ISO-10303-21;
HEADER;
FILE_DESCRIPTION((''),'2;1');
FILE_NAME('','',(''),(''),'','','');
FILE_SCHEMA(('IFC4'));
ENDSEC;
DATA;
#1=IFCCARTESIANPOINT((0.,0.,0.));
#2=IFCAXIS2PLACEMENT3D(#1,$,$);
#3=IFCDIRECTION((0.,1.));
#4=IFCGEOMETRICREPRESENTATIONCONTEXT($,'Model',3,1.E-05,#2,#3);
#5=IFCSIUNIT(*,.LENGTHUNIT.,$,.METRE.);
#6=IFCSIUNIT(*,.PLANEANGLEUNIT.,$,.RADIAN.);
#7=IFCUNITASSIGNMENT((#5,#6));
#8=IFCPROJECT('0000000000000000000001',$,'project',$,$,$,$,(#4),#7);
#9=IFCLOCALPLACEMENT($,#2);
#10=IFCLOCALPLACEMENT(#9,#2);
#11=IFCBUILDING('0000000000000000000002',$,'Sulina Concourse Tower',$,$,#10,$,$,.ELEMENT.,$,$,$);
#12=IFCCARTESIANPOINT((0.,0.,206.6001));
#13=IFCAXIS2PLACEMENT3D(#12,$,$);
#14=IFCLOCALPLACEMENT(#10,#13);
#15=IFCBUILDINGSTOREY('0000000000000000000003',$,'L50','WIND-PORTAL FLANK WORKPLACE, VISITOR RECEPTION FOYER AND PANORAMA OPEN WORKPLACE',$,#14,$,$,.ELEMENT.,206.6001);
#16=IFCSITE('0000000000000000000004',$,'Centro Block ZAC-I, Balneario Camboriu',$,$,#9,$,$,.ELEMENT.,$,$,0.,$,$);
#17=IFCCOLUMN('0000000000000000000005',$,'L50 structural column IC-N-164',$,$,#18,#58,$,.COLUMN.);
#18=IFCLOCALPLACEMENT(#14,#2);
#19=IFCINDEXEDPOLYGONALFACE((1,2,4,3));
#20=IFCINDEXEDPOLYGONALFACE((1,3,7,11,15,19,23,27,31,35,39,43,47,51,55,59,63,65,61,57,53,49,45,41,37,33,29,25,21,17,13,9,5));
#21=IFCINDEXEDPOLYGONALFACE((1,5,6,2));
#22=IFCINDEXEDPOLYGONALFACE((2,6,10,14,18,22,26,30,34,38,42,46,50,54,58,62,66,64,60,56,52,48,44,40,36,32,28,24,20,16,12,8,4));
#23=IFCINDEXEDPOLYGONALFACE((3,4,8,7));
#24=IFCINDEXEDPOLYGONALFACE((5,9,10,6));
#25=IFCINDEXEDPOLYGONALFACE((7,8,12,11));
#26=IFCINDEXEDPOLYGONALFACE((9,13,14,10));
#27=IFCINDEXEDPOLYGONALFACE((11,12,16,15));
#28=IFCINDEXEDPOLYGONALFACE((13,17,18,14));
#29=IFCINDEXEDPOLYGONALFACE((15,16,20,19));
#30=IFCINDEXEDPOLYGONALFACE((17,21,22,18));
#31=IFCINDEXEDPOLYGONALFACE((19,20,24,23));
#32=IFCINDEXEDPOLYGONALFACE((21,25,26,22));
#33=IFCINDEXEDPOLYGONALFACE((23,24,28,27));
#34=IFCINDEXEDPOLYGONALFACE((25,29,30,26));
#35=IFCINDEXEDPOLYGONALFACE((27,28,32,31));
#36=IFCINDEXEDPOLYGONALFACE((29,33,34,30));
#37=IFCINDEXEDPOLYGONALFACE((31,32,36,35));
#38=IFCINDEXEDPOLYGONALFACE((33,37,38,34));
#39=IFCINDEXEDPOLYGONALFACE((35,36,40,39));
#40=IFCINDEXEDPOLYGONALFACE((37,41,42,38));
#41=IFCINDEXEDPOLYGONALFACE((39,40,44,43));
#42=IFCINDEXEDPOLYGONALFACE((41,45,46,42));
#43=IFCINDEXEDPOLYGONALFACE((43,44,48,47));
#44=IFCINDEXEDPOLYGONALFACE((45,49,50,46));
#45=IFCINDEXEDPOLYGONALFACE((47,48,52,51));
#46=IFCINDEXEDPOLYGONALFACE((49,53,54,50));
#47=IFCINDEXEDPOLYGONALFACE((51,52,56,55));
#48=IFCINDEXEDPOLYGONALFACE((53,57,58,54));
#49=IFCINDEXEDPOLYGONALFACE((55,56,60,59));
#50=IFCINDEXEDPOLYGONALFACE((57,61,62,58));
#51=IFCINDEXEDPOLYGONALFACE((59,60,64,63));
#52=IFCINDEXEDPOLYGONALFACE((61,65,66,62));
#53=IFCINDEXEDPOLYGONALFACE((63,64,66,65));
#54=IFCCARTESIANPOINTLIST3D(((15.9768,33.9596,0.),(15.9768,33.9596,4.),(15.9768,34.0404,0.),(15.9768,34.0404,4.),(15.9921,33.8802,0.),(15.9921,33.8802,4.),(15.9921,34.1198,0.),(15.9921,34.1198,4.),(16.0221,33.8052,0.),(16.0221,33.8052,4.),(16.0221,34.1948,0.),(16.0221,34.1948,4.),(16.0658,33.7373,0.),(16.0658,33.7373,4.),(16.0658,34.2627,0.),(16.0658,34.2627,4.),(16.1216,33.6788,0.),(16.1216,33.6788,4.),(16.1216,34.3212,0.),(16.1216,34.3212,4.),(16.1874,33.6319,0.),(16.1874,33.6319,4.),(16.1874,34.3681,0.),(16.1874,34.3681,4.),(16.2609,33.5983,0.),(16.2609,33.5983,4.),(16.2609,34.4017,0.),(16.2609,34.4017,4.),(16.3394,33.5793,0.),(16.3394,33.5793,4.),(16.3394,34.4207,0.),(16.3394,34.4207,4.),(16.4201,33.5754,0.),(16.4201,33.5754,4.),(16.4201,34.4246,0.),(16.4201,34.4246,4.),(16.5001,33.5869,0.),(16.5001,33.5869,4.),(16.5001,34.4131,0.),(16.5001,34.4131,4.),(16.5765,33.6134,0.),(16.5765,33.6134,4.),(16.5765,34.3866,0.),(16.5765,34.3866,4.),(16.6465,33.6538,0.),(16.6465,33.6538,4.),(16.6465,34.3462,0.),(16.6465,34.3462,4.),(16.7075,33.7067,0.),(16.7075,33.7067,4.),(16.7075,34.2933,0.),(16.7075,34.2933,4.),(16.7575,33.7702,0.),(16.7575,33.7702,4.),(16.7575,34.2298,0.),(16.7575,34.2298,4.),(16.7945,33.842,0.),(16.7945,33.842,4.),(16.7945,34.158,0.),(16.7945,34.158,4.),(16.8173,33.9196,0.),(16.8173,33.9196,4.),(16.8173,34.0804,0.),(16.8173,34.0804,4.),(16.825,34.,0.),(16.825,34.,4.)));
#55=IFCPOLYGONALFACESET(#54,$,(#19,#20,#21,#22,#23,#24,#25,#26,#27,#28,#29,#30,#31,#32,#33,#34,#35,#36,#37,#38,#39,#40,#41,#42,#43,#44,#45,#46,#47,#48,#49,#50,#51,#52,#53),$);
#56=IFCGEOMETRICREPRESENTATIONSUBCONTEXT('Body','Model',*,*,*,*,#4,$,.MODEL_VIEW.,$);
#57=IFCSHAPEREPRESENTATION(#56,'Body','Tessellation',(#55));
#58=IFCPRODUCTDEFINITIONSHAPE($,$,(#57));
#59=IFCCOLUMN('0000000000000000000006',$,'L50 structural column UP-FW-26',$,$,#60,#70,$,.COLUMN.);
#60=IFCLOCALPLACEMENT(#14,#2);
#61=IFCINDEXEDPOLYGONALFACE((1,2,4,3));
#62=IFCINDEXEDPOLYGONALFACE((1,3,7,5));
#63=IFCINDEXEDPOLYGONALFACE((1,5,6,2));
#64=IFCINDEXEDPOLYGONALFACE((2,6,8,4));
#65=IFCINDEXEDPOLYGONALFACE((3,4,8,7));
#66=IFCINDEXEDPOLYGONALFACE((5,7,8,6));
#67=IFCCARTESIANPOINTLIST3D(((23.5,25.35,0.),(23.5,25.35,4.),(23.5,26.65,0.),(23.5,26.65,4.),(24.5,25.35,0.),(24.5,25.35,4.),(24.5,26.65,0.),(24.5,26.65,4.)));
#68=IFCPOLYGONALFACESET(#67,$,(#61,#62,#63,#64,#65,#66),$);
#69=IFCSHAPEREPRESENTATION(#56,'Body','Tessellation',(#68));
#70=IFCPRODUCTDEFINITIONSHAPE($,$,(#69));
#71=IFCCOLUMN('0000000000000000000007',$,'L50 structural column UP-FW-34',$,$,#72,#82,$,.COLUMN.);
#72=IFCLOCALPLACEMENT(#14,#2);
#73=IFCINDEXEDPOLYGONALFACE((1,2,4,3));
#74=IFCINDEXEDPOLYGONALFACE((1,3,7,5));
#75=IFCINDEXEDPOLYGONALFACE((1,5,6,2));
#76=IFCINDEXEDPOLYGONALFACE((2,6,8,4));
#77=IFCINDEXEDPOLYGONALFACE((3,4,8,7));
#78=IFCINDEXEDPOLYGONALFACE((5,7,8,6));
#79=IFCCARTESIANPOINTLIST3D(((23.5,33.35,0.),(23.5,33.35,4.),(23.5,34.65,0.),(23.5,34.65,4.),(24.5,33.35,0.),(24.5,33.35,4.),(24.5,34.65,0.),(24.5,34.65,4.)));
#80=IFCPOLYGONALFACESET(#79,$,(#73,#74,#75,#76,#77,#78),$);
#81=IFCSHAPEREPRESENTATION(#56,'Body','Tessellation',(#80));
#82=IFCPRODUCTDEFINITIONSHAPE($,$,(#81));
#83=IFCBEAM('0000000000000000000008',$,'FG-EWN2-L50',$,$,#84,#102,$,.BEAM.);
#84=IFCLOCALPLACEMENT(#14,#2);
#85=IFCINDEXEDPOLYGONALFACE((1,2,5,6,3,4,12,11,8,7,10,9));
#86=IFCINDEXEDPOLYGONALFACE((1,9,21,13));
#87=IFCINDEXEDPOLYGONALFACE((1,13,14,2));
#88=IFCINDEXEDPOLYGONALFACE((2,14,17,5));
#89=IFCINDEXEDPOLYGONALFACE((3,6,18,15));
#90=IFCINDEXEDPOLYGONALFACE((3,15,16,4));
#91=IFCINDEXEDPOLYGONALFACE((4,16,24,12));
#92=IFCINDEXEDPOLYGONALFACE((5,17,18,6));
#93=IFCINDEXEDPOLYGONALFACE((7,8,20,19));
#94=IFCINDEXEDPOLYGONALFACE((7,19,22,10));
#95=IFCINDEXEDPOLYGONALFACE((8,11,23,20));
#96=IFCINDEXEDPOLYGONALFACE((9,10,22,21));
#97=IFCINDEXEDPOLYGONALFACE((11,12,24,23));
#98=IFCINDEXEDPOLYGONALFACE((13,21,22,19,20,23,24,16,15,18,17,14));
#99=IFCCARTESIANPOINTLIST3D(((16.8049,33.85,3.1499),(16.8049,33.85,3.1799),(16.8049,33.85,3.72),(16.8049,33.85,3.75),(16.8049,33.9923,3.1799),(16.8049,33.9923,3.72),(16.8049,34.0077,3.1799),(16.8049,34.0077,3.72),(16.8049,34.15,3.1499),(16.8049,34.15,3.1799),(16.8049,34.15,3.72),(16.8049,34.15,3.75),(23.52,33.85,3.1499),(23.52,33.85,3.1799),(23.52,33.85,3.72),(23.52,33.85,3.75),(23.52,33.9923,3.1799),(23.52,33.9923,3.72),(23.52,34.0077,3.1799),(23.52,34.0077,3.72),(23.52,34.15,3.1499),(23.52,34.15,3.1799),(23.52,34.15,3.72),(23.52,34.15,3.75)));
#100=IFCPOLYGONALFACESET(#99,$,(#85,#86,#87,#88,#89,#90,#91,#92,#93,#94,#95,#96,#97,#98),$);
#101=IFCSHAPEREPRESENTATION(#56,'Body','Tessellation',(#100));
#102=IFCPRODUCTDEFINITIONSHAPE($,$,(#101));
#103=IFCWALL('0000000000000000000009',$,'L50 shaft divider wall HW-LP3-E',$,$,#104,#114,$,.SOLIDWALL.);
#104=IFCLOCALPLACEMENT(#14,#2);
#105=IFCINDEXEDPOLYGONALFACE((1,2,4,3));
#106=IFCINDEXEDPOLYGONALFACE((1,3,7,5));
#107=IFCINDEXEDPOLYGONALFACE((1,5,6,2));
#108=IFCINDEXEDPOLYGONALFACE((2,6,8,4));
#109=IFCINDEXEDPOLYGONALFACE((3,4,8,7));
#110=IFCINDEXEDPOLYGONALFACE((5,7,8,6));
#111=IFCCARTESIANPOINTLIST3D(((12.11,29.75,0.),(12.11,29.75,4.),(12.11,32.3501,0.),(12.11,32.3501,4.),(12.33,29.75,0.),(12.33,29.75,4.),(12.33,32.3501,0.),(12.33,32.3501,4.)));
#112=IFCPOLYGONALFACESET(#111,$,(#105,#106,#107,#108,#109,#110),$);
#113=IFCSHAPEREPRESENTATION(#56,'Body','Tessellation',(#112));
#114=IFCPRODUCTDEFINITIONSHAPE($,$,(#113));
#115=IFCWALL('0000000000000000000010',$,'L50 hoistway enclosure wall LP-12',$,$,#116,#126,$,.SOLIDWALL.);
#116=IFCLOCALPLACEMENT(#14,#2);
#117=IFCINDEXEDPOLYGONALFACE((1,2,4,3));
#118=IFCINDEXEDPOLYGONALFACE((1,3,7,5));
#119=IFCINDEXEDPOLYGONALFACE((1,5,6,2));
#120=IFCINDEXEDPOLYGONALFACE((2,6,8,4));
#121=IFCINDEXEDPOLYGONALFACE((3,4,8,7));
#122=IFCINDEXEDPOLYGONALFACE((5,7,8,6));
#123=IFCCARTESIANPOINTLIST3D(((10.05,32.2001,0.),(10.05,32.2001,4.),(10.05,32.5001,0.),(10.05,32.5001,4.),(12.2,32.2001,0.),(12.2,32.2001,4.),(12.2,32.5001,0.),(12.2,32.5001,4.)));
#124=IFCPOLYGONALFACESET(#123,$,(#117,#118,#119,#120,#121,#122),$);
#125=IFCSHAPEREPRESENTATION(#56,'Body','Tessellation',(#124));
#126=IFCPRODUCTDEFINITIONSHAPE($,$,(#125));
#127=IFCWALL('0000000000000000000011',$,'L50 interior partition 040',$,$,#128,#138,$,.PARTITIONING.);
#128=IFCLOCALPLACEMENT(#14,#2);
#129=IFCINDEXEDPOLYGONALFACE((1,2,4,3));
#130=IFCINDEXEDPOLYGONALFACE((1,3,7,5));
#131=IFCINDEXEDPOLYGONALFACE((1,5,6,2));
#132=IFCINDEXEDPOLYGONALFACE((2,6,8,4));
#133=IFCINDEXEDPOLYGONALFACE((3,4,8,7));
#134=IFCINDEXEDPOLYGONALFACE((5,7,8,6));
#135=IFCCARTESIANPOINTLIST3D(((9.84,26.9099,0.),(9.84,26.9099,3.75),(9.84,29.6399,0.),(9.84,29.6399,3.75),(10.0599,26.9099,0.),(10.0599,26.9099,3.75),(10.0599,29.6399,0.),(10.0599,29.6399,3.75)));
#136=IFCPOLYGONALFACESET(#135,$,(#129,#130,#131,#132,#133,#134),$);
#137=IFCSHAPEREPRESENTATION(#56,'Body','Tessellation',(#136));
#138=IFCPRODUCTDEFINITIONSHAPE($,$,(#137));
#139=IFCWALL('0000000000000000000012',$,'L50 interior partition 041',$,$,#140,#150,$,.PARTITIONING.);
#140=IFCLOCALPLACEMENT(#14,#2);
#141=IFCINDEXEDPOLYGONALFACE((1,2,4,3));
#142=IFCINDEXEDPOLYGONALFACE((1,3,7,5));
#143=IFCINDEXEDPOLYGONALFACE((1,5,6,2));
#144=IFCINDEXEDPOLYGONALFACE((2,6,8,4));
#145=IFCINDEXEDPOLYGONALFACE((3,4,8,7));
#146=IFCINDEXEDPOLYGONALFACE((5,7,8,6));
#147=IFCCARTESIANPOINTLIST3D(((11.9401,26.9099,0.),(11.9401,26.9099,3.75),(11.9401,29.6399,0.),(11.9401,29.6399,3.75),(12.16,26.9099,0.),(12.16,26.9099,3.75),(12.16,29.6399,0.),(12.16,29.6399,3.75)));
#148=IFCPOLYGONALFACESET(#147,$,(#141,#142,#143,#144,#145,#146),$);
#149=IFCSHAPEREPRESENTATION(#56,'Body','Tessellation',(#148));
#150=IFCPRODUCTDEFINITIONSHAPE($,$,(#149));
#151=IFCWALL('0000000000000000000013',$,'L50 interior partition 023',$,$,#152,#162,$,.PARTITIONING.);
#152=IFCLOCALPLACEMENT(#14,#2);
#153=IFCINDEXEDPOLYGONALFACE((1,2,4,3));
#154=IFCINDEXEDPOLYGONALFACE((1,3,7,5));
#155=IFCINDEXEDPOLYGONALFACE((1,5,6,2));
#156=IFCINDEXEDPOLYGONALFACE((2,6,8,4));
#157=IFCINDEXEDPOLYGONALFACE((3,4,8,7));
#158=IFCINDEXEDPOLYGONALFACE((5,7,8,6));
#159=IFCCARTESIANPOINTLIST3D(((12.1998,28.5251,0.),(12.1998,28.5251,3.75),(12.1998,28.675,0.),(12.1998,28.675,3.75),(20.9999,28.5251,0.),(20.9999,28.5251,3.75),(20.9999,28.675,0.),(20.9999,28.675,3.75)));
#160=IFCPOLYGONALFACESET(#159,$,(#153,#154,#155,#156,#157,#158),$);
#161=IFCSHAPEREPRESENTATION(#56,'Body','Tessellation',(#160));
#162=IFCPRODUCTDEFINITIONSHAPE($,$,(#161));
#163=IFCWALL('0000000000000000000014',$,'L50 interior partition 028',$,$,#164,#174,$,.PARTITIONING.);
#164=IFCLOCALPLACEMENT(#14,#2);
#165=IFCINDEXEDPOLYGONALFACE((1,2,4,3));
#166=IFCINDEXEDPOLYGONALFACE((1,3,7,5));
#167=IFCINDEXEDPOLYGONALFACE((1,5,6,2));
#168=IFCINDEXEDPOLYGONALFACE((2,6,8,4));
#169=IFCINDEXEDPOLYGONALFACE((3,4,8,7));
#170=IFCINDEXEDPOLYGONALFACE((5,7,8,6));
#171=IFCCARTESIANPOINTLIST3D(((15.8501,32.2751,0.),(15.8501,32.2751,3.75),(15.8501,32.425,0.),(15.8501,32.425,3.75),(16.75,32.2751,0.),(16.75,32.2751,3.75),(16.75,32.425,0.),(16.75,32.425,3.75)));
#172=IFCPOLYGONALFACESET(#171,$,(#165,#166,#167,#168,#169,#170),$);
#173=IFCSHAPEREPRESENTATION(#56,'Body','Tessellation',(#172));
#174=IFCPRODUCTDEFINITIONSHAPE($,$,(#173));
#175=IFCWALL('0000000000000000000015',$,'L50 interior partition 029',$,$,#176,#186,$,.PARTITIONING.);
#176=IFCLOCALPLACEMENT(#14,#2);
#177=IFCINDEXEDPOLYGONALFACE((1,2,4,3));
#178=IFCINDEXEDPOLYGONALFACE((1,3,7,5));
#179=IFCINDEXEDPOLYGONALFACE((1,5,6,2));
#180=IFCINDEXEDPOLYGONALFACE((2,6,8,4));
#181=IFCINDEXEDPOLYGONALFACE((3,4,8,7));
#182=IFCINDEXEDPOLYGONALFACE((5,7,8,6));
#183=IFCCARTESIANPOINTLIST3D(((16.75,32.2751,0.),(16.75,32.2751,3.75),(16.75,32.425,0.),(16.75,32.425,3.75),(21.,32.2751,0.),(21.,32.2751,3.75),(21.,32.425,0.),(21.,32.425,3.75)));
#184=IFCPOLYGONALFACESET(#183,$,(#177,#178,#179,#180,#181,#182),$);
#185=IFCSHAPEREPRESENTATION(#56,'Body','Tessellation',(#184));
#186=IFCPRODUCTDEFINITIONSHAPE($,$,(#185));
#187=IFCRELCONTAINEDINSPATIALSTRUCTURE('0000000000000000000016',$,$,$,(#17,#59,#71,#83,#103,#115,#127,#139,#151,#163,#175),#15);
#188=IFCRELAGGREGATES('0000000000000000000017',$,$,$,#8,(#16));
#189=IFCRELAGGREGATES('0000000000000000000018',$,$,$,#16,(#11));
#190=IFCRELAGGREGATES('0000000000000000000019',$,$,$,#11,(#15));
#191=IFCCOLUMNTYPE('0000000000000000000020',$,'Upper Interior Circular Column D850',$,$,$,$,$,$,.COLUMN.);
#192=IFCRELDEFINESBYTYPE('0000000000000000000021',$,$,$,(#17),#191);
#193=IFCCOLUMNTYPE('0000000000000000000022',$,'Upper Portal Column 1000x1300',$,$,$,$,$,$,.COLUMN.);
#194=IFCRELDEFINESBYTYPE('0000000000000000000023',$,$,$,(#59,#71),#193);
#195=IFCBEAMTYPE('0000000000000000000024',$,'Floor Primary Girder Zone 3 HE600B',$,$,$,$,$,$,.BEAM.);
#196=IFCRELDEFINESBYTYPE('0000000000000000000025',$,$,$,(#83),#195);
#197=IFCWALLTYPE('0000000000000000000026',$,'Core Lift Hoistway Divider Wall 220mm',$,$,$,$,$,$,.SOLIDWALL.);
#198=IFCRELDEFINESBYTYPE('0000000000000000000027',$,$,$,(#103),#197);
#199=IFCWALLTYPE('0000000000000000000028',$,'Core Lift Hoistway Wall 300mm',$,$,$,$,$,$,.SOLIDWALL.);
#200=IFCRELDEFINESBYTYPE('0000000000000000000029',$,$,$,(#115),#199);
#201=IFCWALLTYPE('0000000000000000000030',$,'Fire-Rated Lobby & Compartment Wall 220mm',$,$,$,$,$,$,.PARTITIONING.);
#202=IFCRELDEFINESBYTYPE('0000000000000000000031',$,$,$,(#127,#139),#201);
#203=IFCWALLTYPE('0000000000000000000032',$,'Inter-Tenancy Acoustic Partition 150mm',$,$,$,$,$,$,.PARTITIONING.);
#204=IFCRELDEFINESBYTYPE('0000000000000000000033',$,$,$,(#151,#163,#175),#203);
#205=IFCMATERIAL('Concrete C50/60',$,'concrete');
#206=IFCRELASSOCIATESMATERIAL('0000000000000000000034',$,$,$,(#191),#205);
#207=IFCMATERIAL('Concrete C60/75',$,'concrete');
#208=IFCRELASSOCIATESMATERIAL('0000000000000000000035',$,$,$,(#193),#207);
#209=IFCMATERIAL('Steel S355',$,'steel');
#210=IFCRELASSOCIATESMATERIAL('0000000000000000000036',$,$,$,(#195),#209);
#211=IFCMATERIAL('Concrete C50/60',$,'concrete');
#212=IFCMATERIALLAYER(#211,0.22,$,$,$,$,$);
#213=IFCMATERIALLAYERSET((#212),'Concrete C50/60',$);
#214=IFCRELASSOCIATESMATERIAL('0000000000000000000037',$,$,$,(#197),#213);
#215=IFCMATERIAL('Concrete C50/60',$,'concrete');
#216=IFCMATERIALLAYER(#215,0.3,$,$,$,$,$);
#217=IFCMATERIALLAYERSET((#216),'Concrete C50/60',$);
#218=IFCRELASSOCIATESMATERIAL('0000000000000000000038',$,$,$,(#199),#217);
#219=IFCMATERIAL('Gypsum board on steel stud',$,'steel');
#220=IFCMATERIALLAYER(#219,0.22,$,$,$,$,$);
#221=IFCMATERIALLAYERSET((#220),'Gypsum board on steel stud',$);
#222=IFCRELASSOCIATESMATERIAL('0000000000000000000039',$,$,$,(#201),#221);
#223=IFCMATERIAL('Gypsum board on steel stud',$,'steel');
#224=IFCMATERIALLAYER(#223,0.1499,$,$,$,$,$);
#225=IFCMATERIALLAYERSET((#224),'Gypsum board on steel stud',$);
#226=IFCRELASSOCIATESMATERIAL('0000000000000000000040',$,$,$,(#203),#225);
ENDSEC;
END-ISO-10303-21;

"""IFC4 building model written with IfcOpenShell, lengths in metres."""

from ifc_helpers import new_model, si_unit, direction, frame, frame_2d, origin, origin_2d, place, context, subcontext, project, spatial, rectangle, circle, i_section, extrude, material, layer, layer_set, material_profile, profile_set, type_object, element, save


model = new_model("IFC4")

# Units and contexts
model_context = context("Model", 3, precision=1e-05, world=origin(), true_north=direction((0.0, 1.0)))
body_context = subcontext(model_context, "Body", "Model", "MODEL_VIEW")
ifc_project = project(units=[si_unit("LENGTHUNIT", "METRE"), si_unit("PLANEANGLEUNIT", "RADIAN")], contexts=[model_context])

# Site, building, storey
site_placement = place(None, origin())
site = spatial("IfcSite", under=ifc_project, at=site_placement, Name="Centro Block ZAC-I, Balneario Camboriu", CompositionType="ELEMENT", RefElevation=0.0)
building_placement = place(site_placement, origin())
building = spatial("IfcBuilding", under=site, at=building_placement, Name="Sulina Concourse Tower", CompositionType="ELEMENT")
storey_placement = place(building_placement, frame((0.0, 0.0, 206.6001)))
storey = spatial("IfcBuildingStorey", under=building, at=storey_placement, Name="L50", Description="WIND-PORTAL FLANK WORKPLACE, VISITOR RECEPTION FOYER AND PANORAMA OPEN WORKPLACE", CompositionType="ELEMENT", Elevation=206.6001)

# Columns
ifc_material_1 = material(Name="Concrete C50/60", Category="concrete")
ifc_material_profile_1 = material_profile(ifc_material_1, circle(Radius=0.425, at=origin_2d()), Name="RC D850")
ifc_profile_set_1 = profile_set([ifc_material_profile_1], Name="Concrete C50/60")
column_type_1 = type_object("IfcColumnType", Name="Upper Interior Circular Column D850", PredefinedType="COLUMN", material=ifc_profile_set_1)
column_placement = place(storey_placement, frame((16.3999, 34.0, 0.0), z_axis=(0.0, 0.0, 1.0), x_axis=(1.0, 0.0, 0.0)))
element("IfcColumn", 1, at=column_placement, inside=storey, type_object=column_type_1, Name="L50 structural column IC-N-164", PredefinedType="COLUMN", context=body_context, shape_type="SweptSolid", body=[
    extrude(circle(Radius=0.425, at=origin_2d()), origin(), (0.0, 0.0, 1.0), 4.0),
])
ifc_material_2 = material(Name="Concrete C60/75", Category="concrete")
ifc_material_profile_2 = material_profile(ifc_material_2, rectangle(XDim=1.0, YDim=1.3, at=origin_2d()), Name="RC 1000x1300")
ifc_profile_set_2 = profile_set([ifc_material_profile_2], Name="Concrete C60/75")
column_type_2 = type_object("IfcColumnType", Name="Upper Portal Column 1000x1300", PredefinedType="COLUMN", material=ifc_profile_set_2)
for number, where, z_axis, x_axis, name in (
    (2, (24.0, 26.0, 0.0), (0.0, 0.0, 1.0), (1.0, 0.0, 0.0), "L50 structural column UP-FW-26"),
    (3, (24.0, 34.0, 0.0), (0.0, 0.0, 1.0), (1.0, 0.0, 0.0), "L50 structural column UP-FW-34"),
):
    element("IfcColumn", number, at=place(storey_placement, frame(where, z_axis=z_axis, x_axis=x_axis)), inside=storey, type_object=column_type_2, Name=name, PredefinedType="COLUMN", context=body_context, shape_type="SweptSolid", body=[
        extrude(rectangle(XDim=1.0, YDim=1.3, at=origin_2d()), origin(), (0.0, 0.0, 1.0), 4.0),
    ])

# Beam
ifc_material_3 = material(Name="Steel S355", Category="steel")
ifc_material_profile_3 = material_profile(ifc_material_3, i_section(OverallWidth=0.3, OverallDepth=0.6001, WebThickness=0.0154, FlangeThickness=0.03, at=origin_2d()), Name="HE 600 B")
ifc_profile_set_3 = profile_set([ifc_material_profile_3], Name="Steel S355")
beam_type = type_object("IfcBeamType", Name="Floor Primary Girder Zone 3 HE600B", PredefinedType="BEAM", material=ifc_profile_set_3)
beam_placement = place(storey_placement, frame((16.8049, 34.0, 3.45), z_axis=(1.0, 0.0, 0.0), x_axis=(0.0, 1.0, 0.0)))
element("IfcBeam", 4, at=beam_placement, inside=storey, type_object=beam_type, Name="FG-EWN2-L50", PredefinedType="BEAM", context=body_context, shape_type="SweptSolid", body=[
    extrude(i_section(OverallWidth=0.3, OverallDepth=0.6001, WebThickness=0.0154, FlangeThickness=0.03, at=origin_2d()), origin(), (0.0, 0.0, 1.0), 6.7151),
])

# Walls
ifc_material_4 = material(Name="Concrete C50/60", Category="concrete")
ifc_layer_1 = layer(ifc_material_4, 0.22)
ifc_layer_set_1 = layer_set([ifc_layer_1], Name="Concrete C50/60")
wall_type_1 = type_object("IfcWallType", Name="Core Lift Hoistway Divider Wall 220mm", PredefinedType="SOLIDWALL", material=ifc_layer_set_1)
wall_1_placement = place(storey_placement, frame((12.22, 29.75, 0.0), z_axis=(0.0, 0.0, 1.0), x_axis=(0.0, 1.0, 0.0)))
element("IfcWall", 5, at=wall_1_placement, inside=storey, type_object=wall_type_1, Name="L50 shaft divider wall HW-LP3-E", PredefinedType="SOLIDWALL", context=body_context, shape_type="SweptSolid", body=[
    extrude(rectangle(XDim=2.6001, YDim=0.22, at=frame_2d((1.3, 0.0))), origin(), (0.0, 0.0, 1.0), 4.0),
])
ifc_material_5 = material(Name="Concrete C50/60", Category="concrete")
ifc_layer_2 = layer(ifc_material_5, 0.3)
ifc_layer_set_2 = layer_set([ifc_layer_2], Name="Concrete C50/60")
wall_type_2 = type_object("IfcWallType", Name="Core Lift Hoistway Wall 300mm", PredefinedType="SOLIDWALL", material=ifc_layer_set_2)
wall_2_placement = place(storey_placement, frame((10.05, 32.3501, 0.0), z_axis=(0.0, 0.0, 1.0), x_axis=(1.0, 0.0, 0.0)))
element("IfcWall", 6, at=wall_2_placement, inside=storey, type_object=wall_type_2, Name="L50 hoistway enclosure wall LP-12", PredefinedType="SOLIDWALL", context=body_context, shape_type="SweptSolid", body=[
    extrude(rectangle(XDim=2.1499, YDim=0.3, at=frame_2d((1.075, 0.0))), origin(), (0.0, 0.0, 1.0), 4.0),
])
ifc_material_6 = material(Name="Gypsum board on steel stud", Category="steel")
ifc_layer_3 = layer(ifc_material_6, 0.22)
ifc_layer_set_3 = layer_set([ifc_layer_3], Name="Gypsum board on steel stud")
wall_type_3 = type_object("IfcWallType", Name="Fire-Rated Lobby & Compartment Wall 220mm", PredefinedType="PARTITIONING", material=ifc_layer_set_3)
for number, where, z_axis, x_axis, name in (
    (7, (9.95, 26.9099, 0.0), (0.0, 0.0, 1.0), (0.0, 1.0, 0.0), "L50 interior partition 040"),
    (8, (12.05, 26.9099, 0.0), (0.0, 0.0, 1.0), (0.0, 1.0, 0.0), "L50 interior partition 041"),
):
    element("IfcWall", number, at=place(storey_placement, frame(where, z_axis=z_axis, x_axis=x_axis)), inside=storey, type_object=wall_type_3, Name=name, PredefinedType="PARTITIONING", context=body_context, shape_type="SweptSolid", body=[
        extrude(rectangle(XDim=2.73, YDim=0.22, at=frame_2d((1.365, 0.0))), origin(), (0.0, 0.0, 1.0), 3.75),
    ])
ifc_material_7 = material(Name="Gypsum board on steel stud", Category="steel")
ifc_layer_4 = layer(ifc_material_7, 0.1499)
ifc_layer_set_4 = layer_set([ifc_layer_4], Name="Gypsum board on steel stud")
wall_type_4 = type_object("IfcWallType", Name="Inter-Tenancy Acoustic Partition 150mm", PredefinedType="PARTITIONING", material=ifc_layer_set_4)
wall_3_placement = place(storey_placement, frame((12.2, 28.6001, 0.0), z_axis=(0.0, 0.0, 1.0), x_axis=(1.0, 0.0, 0.0)))
element("IfcWall", 9, at=wall_3_placement, inside=storey, type_object=wall_type_4, Name="L50 interior partition 023", PredefinedType="PARTITIONING", context=body_context, shape_type="SweptSolid", body=[
    extrude(rectangle(XDim=8.8, YDim=0.1499, at=frame_2d((4.3999, 0.0))), origin(), (0.0, 0.0, 1.0), 3.75),
])

# Walls
wall_4_placement = place(storey_placement, frame((15.8501, 32.3501, 0.0), z_axis=(0.0, 0.0, 1.0), x_axis=(1.0, 0.0, 0.0)))
element("IfcWall", 10, at=wall_4_placement, inside=storey, type_object=wall_type_4, Name="L50 interior partition 028", PredefinedType="PARTITIONING", context=body_context, shape_type="SweptSolid", body=[
    extrude(rectangle(XDim=0.8999, YDim=0.1499, at=frame_2d((0.45, 0.0))), origin(), (0.0, 0.0, 1.0), 3.75),
])
wall_5_placement = place(storey_placement, frame((16.75, 32.3501, 0.0), z_axis=(0.0, 0.0, 1.0), x_axis=(1.0, 0.0, 0.0)))
element("IfcWall", 11, at=wall_5_placement, inside=storey, type_object=wall_type_4, Name="L50 interior partition 029", PredefinedType="PARTITIONING", context=body_context, shape_type="SweptSolid", body=[
    extrude(rectangle(XDim=4.25, YDim=0.1499, at=frame_2d((2.125, 0.0))), origin(), (0.0, 0.0, 1.0), 3.75),
])

save(model, "model.ifc")
